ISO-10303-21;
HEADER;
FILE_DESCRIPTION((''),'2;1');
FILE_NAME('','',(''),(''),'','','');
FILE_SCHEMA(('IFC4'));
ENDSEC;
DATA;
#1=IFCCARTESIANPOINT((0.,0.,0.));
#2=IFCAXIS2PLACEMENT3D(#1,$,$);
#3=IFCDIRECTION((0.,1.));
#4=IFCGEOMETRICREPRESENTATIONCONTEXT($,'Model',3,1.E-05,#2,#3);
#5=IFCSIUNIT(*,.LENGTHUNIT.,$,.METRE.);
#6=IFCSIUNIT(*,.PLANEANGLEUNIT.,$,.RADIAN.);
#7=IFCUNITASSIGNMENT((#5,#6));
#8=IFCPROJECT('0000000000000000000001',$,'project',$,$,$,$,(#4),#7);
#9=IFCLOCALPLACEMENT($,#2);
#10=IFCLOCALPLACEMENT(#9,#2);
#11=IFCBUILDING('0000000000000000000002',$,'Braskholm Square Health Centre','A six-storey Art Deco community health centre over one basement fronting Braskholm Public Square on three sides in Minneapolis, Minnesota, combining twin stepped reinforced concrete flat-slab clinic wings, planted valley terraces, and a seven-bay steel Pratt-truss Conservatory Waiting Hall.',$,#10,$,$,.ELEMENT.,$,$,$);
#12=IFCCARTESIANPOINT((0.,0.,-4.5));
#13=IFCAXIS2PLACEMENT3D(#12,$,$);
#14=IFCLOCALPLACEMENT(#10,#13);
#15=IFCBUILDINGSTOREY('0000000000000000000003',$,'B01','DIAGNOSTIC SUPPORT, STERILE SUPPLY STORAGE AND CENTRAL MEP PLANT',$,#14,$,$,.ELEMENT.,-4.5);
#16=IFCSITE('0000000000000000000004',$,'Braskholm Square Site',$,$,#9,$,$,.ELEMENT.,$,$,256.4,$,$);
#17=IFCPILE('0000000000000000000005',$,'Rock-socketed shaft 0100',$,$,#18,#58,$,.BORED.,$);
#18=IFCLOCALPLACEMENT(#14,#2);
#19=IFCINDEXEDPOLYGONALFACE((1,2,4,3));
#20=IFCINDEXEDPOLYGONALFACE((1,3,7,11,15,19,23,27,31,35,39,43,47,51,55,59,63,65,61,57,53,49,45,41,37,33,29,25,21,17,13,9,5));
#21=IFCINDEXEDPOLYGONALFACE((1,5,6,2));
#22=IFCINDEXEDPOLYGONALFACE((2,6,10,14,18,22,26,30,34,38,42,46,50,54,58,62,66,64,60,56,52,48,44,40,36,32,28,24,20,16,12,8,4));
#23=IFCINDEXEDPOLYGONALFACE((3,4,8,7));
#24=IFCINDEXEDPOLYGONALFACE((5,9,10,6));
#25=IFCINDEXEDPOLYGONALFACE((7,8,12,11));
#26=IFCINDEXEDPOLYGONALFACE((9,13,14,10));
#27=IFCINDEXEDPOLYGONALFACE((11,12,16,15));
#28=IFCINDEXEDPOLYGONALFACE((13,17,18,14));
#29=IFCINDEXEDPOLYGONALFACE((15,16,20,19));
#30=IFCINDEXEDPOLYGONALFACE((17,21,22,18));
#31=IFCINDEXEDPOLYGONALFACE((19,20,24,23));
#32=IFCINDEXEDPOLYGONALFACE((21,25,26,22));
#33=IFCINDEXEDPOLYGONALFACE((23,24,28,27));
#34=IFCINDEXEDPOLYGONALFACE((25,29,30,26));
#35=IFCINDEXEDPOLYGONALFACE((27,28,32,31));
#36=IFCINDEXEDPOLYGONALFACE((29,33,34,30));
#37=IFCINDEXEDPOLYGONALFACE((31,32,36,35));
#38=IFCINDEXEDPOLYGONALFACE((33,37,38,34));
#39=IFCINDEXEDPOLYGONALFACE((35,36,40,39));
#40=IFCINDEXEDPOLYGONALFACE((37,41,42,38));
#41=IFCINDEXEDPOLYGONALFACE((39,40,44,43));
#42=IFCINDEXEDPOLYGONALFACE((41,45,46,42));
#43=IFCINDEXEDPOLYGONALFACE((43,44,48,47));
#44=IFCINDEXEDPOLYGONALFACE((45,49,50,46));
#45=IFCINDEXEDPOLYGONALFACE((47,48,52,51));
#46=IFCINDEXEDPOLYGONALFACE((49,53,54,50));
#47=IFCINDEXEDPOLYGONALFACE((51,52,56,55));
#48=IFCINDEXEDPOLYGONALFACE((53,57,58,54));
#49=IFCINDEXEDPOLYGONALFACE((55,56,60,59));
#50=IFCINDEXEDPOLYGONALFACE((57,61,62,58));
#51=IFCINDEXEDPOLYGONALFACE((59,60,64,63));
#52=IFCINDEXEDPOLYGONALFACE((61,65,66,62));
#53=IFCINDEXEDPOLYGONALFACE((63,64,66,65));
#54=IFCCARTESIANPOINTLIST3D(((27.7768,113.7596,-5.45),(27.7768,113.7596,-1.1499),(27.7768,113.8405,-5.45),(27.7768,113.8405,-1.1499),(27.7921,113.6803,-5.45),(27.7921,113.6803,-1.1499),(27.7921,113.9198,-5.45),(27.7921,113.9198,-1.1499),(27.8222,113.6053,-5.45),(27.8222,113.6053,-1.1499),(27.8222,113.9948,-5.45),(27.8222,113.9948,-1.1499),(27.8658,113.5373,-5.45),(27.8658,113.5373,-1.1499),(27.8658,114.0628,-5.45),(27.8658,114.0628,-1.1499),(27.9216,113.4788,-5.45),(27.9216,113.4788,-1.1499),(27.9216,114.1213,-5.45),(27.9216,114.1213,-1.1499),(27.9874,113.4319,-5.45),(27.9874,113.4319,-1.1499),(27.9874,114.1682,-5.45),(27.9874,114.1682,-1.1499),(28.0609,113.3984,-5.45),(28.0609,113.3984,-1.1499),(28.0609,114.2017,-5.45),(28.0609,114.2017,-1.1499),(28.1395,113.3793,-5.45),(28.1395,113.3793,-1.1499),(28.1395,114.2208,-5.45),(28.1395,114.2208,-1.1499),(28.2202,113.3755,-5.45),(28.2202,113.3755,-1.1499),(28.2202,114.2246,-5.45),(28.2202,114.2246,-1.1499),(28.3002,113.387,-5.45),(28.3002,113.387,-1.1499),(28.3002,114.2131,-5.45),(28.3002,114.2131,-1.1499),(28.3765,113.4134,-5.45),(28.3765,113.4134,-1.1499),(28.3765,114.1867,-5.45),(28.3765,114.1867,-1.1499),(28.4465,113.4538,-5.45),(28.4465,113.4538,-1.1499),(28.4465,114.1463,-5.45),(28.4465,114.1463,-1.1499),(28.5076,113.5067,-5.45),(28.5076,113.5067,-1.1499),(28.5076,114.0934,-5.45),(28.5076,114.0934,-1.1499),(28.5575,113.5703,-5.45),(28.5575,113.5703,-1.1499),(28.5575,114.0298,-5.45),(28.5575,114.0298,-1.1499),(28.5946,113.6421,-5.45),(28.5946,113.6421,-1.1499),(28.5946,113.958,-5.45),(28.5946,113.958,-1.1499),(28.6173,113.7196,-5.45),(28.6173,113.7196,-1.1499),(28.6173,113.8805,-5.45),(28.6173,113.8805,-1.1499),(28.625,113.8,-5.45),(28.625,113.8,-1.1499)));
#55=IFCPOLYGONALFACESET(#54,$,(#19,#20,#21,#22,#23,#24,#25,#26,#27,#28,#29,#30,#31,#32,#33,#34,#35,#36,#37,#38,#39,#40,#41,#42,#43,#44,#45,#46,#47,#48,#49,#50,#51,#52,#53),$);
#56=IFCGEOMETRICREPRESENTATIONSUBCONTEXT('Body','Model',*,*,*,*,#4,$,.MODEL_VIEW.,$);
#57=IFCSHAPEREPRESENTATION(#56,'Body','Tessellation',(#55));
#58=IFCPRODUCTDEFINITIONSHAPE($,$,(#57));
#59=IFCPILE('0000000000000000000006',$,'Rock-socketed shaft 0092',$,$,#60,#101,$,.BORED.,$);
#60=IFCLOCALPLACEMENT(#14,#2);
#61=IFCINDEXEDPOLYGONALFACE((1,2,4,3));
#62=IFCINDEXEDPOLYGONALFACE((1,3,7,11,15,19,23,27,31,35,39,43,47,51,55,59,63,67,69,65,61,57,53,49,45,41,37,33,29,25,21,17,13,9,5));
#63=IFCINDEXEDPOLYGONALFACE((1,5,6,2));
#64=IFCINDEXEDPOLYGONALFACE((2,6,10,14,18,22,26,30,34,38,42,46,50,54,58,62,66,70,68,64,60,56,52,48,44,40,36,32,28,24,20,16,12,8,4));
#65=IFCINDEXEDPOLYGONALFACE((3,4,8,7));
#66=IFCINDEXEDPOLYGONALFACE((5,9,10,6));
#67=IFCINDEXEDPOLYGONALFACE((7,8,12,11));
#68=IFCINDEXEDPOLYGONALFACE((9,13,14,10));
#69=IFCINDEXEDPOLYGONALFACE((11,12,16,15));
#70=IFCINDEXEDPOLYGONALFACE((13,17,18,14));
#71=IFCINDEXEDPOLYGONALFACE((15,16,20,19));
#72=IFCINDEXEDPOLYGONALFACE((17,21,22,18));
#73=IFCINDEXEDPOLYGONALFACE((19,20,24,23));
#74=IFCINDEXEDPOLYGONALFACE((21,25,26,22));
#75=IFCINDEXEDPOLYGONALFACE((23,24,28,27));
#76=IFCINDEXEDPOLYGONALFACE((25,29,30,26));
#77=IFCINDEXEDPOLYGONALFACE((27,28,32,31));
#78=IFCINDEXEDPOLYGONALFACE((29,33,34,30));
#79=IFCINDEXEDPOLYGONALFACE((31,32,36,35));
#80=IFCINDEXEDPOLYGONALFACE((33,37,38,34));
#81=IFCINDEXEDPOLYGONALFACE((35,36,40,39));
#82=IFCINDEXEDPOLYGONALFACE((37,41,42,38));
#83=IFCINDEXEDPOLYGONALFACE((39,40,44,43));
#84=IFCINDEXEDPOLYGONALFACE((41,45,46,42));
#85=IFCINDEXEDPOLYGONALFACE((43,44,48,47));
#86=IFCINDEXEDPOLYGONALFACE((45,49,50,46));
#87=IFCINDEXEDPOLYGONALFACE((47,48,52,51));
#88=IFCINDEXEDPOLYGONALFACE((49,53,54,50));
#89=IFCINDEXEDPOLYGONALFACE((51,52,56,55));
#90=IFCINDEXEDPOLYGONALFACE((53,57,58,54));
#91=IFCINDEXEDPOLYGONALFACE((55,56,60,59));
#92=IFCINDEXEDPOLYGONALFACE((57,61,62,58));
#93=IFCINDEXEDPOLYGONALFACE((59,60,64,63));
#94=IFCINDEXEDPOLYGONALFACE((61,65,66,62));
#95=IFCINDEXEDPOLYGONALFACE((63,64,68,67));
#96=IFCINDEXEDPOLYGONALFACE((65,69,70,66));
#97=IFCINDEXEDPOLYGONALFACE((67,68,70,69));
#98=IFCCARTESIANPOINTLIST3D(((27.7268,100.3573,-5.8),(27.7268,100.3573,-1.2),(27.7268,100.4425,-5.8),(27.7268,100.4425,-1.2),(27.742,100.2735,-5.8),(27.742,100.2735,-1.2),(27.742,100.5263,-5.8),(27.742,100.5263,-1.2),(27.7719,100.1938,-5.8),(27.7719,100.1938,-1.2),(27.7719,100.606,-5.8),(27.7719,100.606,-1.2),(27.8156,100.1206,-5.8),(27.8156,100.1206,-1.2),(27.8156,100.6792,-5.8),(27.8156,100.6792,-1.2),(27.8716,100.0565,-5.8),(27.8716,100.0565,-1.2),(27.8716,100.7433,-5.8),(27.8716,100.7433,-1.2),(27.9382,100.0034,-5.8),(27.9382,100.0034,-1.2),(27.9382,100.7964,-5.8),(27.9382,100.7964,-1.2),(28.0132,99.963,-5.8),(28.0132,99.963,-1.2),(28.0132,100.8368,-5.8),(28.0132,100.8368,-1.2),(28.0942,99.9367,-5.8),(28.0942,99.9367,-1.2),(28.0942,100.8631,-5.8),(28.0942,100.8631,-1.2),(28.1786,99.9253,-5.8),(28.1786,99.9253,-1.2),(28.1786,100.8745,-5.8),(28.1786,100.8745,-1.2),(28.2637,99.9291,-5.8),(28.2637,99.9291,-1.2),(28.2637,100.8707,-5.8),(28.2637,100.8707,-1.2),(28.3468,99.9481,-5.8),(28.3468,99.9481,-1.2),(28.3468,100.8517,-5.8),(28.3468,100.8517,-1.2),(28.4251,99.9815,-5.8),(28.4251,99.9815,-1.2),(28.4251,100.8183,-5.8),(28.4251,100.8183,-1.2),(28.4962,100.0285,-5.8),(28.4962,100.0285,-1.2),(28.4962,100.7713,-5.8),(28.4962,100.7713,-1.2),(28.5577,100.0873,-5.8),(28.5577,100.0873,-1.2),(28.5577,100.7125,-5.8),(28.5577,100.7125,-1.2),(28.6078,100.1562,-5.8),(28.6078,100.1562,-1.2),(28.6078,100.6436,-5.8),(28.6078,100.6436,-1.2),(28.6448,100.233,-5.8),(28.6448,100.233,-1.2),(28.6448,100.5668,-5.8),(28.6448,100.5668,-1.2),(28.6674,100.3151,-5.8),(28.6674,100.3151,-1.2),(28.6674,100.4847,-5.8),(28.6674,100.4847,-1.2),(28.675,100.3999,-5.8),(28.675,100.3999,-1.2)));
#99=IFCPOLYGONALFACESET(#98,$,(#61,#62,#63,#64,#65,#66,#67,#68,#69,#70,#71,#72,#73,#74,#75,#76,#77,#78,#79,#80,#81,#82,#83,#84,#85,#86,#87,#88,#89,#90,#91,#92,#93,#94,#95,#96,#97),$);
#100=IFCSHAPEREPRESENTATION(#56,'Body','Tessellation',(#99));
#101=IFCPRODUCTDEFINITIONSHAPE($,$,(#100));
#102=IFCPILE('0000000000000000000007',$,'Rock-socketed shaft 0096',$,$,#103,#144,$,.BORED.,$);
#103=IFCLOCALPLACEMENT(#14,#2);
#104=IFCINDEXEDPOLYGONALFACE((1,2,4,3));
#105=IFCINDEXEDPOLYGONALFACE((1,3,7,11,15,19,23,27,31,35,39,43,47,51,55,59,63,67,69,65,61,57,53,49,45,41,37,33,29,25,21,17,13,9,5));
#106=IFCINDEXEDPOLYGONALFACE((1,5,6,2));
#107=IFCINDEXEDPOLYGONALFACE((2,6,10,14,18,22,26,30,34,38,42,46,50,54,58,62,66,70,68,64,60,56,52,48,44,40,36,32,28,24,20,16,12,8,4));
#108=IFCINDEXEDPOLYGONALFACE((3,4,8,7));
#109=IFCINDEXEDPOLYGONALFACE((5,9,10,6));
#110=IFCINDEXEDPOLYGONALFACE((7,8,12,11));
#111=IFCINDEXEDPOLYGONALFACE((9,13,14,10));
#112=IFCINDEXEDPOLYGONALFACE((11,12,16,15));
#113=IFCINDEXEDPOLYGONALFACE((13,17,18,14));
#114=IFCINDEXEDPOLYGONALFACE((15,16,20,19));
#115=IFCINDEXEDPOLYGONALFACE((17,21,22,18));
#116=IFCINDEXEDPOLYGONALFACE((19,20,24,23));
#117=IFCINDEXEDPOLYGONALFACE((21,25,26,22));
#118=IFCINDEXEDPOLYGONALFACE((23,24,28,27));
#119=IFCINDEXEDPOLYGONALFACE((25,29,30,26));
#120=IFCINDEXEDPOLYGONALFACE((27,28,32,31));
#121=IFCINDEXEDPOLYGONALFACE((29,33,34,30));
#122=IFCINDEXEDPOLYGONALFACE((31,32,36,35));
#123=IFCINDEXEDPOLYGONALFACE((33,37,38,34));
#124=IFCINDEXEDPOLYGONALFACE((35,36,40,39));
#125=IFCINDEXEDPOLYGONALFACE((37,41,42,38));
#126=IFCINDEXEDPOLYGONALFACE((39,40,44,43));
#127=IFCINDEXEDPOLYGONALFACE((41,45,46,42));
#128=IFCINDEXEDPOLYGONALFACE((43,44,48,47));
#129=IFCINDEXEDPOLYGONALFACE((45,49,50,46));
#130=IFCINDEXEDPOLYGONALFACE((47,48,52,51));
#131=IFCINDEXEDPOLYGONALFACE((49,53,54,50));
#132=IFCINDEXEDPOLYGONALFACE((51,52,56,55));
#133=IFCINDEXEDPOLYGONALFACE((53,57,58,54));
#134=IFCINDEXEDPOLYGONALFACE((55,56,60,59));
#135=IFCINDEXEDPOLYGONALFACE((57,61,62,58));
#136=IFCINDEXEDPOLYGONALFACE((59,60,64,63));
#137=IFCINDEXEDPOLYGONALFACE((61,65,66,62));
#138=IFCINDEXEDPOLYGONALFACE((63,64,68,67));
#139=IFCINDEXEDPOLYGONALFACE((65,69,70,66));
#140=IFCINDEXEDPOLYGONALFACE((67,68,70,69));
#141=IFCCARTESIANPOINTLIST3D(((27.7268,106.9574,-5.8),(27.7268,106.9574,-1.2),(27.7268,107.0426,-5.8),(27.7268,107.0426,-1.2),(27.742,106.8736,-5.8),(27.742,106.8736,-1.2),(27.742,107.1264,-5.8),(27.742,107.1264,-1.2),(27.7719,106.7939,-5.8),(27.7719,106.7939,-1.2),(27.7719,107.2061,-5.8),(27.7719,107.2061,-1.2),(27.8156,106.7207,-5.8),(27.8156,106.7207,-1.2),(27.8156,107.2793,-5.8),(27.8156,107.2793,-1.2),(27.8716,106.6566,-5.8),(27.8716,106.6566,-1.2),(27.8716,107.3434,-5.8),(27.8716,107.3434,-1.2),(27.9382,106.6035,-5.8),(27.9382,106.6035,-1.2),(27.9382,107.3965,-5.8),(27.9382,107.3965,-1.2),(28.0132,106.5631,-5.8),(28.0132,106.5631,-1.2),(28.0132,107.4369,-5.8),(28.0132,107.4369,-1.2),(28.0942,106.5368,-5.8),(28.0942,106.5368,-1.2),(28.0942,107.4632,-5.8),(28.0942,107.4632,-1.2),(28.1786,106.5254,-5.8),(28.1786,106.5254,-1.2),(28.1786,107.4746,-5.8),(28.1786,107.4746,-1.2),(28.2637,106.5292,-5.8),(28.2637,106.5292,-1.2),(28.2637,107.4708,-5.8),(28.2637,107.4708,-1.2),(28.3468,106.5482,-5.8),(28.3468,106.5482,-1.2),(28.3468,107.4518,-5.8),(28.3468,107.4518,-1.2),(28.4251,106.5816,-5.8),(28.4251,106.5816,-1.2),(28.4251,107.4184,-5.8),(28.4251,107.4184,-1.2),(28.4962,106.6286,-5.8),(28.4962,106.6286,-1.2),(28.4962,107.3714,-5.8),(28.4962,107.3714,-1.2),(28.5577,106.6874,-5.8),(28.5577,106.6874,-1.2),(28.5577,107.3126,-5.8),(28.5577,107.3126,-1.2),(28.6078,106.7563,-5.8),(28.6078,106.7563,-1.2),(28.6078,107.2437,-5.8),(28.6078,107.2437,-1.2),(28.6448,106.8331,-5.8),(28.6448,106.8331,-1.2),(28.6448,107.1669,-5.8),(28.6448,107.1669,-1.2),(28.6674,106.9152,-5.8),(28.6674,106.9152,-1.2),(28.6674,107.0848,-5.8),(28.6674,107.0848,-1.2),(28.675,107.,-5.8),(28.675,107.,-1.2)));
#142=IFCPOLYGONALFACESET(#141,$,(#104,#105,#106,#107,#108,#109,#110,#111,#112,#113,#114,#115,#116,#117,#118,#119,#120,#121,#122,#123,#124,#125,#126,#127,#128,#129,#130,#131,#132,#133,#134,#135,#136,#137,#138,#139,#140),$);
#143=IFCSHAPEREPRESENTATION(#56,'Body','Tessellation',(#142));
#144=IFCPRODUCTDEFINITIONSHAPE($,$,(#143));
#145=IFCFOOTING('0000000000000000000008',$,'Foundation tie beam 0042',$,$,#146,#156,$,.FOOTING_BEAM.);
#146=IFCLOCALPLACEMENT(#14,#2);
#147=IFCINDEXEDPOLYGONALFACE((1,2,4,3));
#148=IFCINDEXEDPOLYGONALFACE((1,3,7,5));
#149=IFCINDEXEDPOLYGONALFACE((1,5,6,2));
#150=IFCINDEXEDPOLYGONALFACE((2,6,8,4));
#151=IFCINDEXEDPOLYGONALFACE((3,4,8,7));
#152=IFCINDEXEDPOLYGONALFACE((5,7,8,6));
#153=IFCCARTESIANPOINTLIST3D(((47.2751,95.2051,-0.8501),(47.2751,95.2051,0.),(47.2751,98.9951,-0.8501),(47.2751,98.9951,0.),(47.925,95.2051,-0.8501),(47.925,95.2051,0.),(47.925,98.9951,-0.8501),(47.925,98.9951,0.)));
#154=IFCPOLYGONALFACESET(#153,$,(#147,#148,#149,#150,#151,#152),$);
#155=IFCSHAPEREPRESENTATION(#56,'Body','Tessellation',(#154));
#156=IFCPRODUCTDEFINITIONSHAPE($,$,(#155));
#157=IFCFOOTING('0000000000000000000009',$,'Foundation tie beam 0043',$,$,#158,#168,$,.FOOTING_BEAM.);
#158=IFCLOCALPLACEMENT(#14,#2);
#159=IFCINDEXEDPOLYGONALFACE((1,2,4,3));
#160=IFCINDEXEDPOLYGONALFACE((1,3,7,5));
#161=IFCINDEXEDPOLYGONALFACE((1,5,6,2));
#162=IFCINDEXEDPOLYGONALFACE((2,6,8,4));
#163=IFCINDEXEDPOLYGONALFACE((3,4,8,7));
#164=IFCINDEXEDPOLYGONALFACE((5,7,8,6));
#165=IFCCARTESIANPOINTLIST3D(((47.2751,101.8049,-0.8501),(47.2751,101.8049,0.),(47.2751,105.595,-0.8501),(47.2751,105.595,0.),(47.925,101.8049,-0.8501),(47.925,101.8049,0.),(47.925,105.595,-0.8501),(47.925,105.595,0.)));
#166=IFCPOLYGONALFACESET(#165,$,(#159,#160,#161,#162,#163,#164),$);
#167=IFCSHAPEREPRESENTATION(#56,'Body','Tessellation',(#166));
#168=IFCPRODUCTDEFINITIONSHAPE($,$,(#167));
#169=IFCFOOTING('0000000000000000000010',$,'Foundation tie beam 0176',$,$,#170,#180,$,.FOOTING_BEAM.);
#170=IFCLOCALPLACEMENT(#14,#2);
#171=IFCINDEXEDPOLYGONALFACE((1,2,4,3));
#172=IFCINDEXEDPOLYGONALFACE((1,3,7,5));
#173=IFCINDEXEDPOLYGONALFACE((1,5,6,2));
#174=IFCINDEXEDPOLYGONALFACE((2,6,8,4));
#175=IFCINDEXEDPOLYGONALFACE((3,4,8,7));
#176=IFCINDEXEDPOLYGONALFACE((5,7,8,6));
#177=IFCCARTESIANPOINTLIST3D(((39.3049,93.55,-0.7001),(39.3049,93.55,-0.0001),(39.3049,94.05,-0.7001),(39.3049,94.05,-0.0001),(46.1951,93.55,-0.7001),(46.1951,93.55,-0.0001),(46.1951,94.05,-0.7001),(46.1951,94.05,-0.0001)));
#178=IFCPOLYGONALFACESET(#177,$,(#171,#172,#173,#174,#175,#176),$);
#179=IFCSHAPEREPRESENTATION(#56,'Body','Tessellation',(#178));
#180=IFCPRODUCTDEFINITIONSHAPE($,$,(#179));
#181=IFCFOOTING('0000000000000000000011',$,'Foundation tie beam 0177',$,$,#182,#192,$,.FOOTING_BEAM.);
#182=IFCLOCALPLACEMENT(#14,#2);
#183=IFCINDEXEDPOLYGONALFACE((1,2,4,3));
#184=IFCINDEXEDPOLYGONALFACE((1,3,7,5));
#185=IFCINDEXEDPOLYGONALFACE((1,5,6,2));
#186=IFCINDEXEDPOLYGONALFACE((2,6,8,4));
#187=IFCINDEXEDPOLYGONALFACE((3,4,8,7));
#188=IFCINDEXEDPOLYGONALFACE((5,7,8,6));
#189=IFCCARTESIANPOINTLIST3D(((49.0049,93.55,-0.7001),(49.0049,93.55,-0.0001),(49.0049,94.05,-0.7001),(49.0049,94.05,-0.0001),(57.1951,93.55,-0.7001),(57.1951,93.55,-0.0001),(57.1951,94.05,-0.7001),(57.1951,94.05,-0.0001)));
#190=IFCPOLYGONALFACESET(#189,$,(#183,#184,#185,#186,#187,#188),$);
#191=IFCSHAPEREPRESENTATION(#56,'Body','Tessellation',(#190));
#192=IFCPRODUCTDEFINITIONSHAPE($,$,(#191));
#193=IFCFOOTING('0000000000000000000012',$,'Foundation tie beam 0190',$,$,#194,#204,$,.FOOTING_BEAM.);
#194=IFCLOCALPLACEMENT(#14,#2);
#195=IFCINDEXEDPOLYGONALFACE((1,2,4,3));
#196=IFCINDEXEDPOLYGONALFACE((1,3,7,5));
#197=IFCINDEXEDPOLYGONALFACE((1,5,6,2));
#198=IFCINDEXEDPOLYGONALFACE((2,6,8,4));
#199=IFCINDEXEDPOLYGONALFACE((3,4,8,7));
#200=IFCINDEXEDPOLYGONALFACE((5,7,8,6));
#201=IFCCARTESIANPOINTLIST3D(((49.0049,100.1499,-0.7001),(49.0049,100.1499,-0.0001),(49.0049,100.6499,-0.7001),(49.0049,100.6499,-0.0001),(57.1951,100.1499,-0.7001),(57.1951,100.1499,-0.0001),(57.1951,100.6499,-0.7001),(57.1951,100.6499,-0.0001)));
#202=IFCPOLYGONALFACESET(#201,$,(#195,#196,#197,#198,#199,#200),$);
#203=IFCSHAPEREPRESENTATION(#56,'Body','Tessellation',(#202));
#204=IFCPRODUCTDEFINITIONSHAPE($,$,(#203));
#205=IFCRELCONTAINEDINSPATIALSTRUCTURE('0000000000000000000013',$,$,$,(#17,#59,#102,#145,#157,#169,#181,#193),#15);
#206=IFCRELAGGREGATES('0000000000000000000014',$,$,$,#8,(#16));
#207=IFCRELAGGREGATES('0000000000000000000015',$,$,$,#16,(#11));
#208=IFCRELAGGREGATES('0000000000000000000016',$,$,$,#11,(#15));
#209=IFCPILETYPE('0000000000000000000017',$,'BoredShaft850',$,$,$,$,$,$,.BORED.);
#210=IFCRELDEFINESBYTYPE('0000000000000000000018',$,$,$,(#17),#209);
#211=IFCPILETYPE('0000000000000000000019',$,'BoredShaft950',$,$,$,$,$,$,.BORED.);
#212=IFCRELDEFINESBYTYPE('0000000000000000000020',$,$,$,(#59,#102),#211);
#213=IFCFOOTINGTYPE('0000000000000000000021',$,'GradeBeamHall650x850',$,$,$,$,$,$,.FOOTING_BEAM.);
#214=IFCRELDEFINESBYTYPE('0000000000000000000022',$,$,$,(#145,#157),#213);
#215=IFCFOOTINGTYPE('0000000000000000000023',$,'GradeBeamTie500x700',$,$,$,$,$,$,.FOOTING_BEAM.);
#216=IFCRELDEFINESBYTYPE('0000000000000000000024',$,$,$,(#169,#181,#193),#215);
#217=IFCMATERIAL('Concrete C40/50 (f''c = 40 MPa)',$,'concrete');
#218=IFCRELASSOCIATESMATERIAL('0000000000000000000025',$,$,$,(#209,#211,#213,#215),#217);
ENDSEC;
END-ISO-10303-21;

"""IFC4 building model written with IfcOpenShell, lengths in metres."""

from ifc_helpers import new_model, si_unit, direction, frame, origin, origin_2d, place, context, subcontext, project, spatial, rectangle, circle, extrude, material, material_profile, profile_set, type_object, element, save


model = new_model("IFC4")

# Units and contexts
model_context = context("Model", 3, precision=1e-05, world=origin(), true_north=direction((0.0, 1.0)))
body_context = subcontext(model_context, "Body", "Model", "MODEL_VIEW")
ifc_project = project(units=[si_unit("LENGTHUNIT", "METRE"), si_unit("PLANEANGLEUNIT", "RADIAN")], contexts=[model_context])

# Site, building, storey
site_placement = place(None, origin())
site = spatial("IfcSite", under=ifc_project, at=site_placement, Name="Braskholm Square Site", CompositionType="ELEMENT", RefElevation=256.4)
building_placement = place(site_placement, origin())
building = spatial("IfcBuilding", under=site, at=building_placement, Name="Braskholm Square Health Centre", Description="A six-storey Art Deco community health centre over one basement fronting Braskholm Public Square on three sides in Minneapolis, Minnesota, combining twin stepped reinforced concrete flat-slab clinic wings, planted valley terraces, and a seven-bay steel Pratt-truss Conservatory Waiting Hall.", CompositionType="ELEMENT")
storey_placement = place(building_placement, frame((0.0, 0.0, -4.5)))
storey = spatial("IfcBuildingStorey", under=building, at=storey_placement, Name="B01", Description="DIAGNOSTIC SUPPORT, STERILE SUPPLY STORAGE AND CENTRAL MEP PLANT", CompositionType="ELEMENT", Elevation=-4.5)

# Piles
ifc_material_1 = material(Name="Concrete C40/50 (f'c = 40 MPa)", Category="concrete")
ifc_material_profile_1 = material_profile(ifc_material_1, circle(Radius=0.425, at=origin_2d()), Name="BORED-PILE-850")
ifc_profile_set_1 = profile_set([ifc_material_profile_1], Name="Concrete C40/50 (f'c = 40 MPa)")
pile_type_1 = type_object("IfcPileType", Name="BoredShaft850", PredefinedType="BORED", material=ifc_profile_set_1)
pile_placement = place(storey_placement, frame((28.2, 113.8, -1.1499), z_axis=(0.0, 0.0, -1.0), x_axis=(1.0, 0.0, 0.0)))
element("IfcPile", 1, at=pile_placement, inside=storey, type_object=pile_type_1, Name="Rock-socketed shaft 0100", PredefinedType="BORED", context=body_context, shape_type="SweptSolid", body=[
    extrude(circle(Radius=0.425, at=origin_2d()), origin(), (0.0, 0.0, 1.0), 4.3),
])
ifc_material_profile_2 = material_profile(ifc_material_1, circle(Radius=0.4751, at=origin_2d()), Name="BORED-PILE-950")
ifc_profile_set_2 = profile_set([ifc_material_profile_2], Name="Concrete C40/50 (f'c = 40 MPa)")
pile_type_2 = type_object("IfcPileType", Name="BoredShaft950", PredefinedType="BORED", material=ifc_profile_set_2)
for number, where, z_axis, x_axis, name in (
    (2, (28.2, 100.3999, -1.2), (0.0, 0.0, -1.0), (1.0, 0.0, 0.0), "Rock-socketed shaft 0092"),
    (3, (28.2, 107.0, -1.2), (0.0, 0.0, -1.0), (1.0, 0.0, 0.0), "Rock-socketed shaft 0096"),
):
    element("IfcPile", number, at=place(storey_placement, frame(where, z_axis=z_axis, x_axis=x_axis)), inside=storey, type_object=pile_type_2, Name=name, PredefinedType="BORED", context=body_context, shape_type="SweptSolid", body=[
        extrude(circle(Radius=0.4751, at=origin_2d()), origin(), (0.0, 0.0, 1.0), 4.6001),
    ])

# Footings
ifc_material_profile_3 = material_profile(ifc_material_1, rectangle(XDim=0.6499, YDim=0.8501, at=origin_2d()), Name="FTG-650X850")
ifc_profile_set_3 = profile_set([ifc_material_profile_3], Name="Concrete C40/50 (f'c = 40 MPa)")
footing_type_1 = type_object("IfcFootingType", Name="GradeBeamHall650x850", PredefinedType="FOOTING_BEAM", material=ifc_profile_set_3)
for number, where, z_axis, x_axis, name in (
    (4, (47.6001, 95.2051, -0.425), (0.0, 1.0, 0.0), (-1.0, 0.0, 0.0), "Foundation tie beam 0042"),
    (5, (47.6001, 101.8049, -0.425), (0.0, 1.0, 0.0), (-1.0, 0.0, 0.0), "Foundation tie beam 0043"),
):
    element("IfcFooting", number, at=place(storey_placement, frame(where, z_axis=z_axis, x_axis=x_axis)), inside=storey, type_object=footing_type_1, Name=name, PredefinedType="FOOTING_BEAM", context=body_context, shape_type="SweptSolid", body=[
        extrude(rectangle(XDim=0.6499, YDim=0.8501, at=origin_2d()), origin(), (0.0, 0.0, 1.0), 3.79),
    ])
ifc_material_profile_4 = material_profile(ifc_material_1, rectangle(XDim=0.5, YDim=0.7, at=origin_2d()), Name="FTG-500X700")
ifc_profile_set_4 = profile_set([ifc_material_profile_4], Name="Concrete C40/50 (f'c = 40 MPa)")
footing_type_2 = type_object("IfcFootingType", Name="GradeBeamTie500x700", PredefinedType="FOOTING_BEAM", material=ifc_profile_set_4)
footing_1_placement = place(storey_placement, frame((39.3049, 93.8, -0.3501), z_axis=(1.0, 0.0, 0.0), x_axis=(0.0, 1.0, 0.0)))
element("IfcFooting", 6, at=footing_1_placement, inside=storey, type_object=footing_type_2, Name="Foundation tie beam 0176", PredefinedType="FOOTING_BEAM", context=body_context, shape_type="SweptSolid", body=[
    extrude(rectangle(XDim=0.5, YDim=0.7, at=origin_2d()), origin(), (0.0, 0.0, 1.0), 6.8901),
])
for number, where, z_axis, x_axis, name in (
    (7, (49.0049, 93.8, -0.3501), (1.0, 0.0, 0.0), (0.0, 1.0, 0.0), "Foundation tie beam 0177"),
    (8, (49.0049, 100.3999, -0.3501), (1.0, 0.0, 0.0), (0.0, 1.0, 0.0), "Foundation tie beam 0190"),
):
    element("IfcFooting", number, at=place(storey_placement, frame(where, z_axis=z_axis, x_axis=x_axis)), inside=storey, type_object=footing_type_2, Name=name, PredefinedType="FOOTING_BEAM", context=body_context, shape_type="SweptSolid", body=[
        extrude(rectangle(XDim=0.5, YDim=0.7, at=origin_2d()), origin(), (0.0, 0.0, 1.0), 8.1902),
    ])

save(model, "model.ifc")
